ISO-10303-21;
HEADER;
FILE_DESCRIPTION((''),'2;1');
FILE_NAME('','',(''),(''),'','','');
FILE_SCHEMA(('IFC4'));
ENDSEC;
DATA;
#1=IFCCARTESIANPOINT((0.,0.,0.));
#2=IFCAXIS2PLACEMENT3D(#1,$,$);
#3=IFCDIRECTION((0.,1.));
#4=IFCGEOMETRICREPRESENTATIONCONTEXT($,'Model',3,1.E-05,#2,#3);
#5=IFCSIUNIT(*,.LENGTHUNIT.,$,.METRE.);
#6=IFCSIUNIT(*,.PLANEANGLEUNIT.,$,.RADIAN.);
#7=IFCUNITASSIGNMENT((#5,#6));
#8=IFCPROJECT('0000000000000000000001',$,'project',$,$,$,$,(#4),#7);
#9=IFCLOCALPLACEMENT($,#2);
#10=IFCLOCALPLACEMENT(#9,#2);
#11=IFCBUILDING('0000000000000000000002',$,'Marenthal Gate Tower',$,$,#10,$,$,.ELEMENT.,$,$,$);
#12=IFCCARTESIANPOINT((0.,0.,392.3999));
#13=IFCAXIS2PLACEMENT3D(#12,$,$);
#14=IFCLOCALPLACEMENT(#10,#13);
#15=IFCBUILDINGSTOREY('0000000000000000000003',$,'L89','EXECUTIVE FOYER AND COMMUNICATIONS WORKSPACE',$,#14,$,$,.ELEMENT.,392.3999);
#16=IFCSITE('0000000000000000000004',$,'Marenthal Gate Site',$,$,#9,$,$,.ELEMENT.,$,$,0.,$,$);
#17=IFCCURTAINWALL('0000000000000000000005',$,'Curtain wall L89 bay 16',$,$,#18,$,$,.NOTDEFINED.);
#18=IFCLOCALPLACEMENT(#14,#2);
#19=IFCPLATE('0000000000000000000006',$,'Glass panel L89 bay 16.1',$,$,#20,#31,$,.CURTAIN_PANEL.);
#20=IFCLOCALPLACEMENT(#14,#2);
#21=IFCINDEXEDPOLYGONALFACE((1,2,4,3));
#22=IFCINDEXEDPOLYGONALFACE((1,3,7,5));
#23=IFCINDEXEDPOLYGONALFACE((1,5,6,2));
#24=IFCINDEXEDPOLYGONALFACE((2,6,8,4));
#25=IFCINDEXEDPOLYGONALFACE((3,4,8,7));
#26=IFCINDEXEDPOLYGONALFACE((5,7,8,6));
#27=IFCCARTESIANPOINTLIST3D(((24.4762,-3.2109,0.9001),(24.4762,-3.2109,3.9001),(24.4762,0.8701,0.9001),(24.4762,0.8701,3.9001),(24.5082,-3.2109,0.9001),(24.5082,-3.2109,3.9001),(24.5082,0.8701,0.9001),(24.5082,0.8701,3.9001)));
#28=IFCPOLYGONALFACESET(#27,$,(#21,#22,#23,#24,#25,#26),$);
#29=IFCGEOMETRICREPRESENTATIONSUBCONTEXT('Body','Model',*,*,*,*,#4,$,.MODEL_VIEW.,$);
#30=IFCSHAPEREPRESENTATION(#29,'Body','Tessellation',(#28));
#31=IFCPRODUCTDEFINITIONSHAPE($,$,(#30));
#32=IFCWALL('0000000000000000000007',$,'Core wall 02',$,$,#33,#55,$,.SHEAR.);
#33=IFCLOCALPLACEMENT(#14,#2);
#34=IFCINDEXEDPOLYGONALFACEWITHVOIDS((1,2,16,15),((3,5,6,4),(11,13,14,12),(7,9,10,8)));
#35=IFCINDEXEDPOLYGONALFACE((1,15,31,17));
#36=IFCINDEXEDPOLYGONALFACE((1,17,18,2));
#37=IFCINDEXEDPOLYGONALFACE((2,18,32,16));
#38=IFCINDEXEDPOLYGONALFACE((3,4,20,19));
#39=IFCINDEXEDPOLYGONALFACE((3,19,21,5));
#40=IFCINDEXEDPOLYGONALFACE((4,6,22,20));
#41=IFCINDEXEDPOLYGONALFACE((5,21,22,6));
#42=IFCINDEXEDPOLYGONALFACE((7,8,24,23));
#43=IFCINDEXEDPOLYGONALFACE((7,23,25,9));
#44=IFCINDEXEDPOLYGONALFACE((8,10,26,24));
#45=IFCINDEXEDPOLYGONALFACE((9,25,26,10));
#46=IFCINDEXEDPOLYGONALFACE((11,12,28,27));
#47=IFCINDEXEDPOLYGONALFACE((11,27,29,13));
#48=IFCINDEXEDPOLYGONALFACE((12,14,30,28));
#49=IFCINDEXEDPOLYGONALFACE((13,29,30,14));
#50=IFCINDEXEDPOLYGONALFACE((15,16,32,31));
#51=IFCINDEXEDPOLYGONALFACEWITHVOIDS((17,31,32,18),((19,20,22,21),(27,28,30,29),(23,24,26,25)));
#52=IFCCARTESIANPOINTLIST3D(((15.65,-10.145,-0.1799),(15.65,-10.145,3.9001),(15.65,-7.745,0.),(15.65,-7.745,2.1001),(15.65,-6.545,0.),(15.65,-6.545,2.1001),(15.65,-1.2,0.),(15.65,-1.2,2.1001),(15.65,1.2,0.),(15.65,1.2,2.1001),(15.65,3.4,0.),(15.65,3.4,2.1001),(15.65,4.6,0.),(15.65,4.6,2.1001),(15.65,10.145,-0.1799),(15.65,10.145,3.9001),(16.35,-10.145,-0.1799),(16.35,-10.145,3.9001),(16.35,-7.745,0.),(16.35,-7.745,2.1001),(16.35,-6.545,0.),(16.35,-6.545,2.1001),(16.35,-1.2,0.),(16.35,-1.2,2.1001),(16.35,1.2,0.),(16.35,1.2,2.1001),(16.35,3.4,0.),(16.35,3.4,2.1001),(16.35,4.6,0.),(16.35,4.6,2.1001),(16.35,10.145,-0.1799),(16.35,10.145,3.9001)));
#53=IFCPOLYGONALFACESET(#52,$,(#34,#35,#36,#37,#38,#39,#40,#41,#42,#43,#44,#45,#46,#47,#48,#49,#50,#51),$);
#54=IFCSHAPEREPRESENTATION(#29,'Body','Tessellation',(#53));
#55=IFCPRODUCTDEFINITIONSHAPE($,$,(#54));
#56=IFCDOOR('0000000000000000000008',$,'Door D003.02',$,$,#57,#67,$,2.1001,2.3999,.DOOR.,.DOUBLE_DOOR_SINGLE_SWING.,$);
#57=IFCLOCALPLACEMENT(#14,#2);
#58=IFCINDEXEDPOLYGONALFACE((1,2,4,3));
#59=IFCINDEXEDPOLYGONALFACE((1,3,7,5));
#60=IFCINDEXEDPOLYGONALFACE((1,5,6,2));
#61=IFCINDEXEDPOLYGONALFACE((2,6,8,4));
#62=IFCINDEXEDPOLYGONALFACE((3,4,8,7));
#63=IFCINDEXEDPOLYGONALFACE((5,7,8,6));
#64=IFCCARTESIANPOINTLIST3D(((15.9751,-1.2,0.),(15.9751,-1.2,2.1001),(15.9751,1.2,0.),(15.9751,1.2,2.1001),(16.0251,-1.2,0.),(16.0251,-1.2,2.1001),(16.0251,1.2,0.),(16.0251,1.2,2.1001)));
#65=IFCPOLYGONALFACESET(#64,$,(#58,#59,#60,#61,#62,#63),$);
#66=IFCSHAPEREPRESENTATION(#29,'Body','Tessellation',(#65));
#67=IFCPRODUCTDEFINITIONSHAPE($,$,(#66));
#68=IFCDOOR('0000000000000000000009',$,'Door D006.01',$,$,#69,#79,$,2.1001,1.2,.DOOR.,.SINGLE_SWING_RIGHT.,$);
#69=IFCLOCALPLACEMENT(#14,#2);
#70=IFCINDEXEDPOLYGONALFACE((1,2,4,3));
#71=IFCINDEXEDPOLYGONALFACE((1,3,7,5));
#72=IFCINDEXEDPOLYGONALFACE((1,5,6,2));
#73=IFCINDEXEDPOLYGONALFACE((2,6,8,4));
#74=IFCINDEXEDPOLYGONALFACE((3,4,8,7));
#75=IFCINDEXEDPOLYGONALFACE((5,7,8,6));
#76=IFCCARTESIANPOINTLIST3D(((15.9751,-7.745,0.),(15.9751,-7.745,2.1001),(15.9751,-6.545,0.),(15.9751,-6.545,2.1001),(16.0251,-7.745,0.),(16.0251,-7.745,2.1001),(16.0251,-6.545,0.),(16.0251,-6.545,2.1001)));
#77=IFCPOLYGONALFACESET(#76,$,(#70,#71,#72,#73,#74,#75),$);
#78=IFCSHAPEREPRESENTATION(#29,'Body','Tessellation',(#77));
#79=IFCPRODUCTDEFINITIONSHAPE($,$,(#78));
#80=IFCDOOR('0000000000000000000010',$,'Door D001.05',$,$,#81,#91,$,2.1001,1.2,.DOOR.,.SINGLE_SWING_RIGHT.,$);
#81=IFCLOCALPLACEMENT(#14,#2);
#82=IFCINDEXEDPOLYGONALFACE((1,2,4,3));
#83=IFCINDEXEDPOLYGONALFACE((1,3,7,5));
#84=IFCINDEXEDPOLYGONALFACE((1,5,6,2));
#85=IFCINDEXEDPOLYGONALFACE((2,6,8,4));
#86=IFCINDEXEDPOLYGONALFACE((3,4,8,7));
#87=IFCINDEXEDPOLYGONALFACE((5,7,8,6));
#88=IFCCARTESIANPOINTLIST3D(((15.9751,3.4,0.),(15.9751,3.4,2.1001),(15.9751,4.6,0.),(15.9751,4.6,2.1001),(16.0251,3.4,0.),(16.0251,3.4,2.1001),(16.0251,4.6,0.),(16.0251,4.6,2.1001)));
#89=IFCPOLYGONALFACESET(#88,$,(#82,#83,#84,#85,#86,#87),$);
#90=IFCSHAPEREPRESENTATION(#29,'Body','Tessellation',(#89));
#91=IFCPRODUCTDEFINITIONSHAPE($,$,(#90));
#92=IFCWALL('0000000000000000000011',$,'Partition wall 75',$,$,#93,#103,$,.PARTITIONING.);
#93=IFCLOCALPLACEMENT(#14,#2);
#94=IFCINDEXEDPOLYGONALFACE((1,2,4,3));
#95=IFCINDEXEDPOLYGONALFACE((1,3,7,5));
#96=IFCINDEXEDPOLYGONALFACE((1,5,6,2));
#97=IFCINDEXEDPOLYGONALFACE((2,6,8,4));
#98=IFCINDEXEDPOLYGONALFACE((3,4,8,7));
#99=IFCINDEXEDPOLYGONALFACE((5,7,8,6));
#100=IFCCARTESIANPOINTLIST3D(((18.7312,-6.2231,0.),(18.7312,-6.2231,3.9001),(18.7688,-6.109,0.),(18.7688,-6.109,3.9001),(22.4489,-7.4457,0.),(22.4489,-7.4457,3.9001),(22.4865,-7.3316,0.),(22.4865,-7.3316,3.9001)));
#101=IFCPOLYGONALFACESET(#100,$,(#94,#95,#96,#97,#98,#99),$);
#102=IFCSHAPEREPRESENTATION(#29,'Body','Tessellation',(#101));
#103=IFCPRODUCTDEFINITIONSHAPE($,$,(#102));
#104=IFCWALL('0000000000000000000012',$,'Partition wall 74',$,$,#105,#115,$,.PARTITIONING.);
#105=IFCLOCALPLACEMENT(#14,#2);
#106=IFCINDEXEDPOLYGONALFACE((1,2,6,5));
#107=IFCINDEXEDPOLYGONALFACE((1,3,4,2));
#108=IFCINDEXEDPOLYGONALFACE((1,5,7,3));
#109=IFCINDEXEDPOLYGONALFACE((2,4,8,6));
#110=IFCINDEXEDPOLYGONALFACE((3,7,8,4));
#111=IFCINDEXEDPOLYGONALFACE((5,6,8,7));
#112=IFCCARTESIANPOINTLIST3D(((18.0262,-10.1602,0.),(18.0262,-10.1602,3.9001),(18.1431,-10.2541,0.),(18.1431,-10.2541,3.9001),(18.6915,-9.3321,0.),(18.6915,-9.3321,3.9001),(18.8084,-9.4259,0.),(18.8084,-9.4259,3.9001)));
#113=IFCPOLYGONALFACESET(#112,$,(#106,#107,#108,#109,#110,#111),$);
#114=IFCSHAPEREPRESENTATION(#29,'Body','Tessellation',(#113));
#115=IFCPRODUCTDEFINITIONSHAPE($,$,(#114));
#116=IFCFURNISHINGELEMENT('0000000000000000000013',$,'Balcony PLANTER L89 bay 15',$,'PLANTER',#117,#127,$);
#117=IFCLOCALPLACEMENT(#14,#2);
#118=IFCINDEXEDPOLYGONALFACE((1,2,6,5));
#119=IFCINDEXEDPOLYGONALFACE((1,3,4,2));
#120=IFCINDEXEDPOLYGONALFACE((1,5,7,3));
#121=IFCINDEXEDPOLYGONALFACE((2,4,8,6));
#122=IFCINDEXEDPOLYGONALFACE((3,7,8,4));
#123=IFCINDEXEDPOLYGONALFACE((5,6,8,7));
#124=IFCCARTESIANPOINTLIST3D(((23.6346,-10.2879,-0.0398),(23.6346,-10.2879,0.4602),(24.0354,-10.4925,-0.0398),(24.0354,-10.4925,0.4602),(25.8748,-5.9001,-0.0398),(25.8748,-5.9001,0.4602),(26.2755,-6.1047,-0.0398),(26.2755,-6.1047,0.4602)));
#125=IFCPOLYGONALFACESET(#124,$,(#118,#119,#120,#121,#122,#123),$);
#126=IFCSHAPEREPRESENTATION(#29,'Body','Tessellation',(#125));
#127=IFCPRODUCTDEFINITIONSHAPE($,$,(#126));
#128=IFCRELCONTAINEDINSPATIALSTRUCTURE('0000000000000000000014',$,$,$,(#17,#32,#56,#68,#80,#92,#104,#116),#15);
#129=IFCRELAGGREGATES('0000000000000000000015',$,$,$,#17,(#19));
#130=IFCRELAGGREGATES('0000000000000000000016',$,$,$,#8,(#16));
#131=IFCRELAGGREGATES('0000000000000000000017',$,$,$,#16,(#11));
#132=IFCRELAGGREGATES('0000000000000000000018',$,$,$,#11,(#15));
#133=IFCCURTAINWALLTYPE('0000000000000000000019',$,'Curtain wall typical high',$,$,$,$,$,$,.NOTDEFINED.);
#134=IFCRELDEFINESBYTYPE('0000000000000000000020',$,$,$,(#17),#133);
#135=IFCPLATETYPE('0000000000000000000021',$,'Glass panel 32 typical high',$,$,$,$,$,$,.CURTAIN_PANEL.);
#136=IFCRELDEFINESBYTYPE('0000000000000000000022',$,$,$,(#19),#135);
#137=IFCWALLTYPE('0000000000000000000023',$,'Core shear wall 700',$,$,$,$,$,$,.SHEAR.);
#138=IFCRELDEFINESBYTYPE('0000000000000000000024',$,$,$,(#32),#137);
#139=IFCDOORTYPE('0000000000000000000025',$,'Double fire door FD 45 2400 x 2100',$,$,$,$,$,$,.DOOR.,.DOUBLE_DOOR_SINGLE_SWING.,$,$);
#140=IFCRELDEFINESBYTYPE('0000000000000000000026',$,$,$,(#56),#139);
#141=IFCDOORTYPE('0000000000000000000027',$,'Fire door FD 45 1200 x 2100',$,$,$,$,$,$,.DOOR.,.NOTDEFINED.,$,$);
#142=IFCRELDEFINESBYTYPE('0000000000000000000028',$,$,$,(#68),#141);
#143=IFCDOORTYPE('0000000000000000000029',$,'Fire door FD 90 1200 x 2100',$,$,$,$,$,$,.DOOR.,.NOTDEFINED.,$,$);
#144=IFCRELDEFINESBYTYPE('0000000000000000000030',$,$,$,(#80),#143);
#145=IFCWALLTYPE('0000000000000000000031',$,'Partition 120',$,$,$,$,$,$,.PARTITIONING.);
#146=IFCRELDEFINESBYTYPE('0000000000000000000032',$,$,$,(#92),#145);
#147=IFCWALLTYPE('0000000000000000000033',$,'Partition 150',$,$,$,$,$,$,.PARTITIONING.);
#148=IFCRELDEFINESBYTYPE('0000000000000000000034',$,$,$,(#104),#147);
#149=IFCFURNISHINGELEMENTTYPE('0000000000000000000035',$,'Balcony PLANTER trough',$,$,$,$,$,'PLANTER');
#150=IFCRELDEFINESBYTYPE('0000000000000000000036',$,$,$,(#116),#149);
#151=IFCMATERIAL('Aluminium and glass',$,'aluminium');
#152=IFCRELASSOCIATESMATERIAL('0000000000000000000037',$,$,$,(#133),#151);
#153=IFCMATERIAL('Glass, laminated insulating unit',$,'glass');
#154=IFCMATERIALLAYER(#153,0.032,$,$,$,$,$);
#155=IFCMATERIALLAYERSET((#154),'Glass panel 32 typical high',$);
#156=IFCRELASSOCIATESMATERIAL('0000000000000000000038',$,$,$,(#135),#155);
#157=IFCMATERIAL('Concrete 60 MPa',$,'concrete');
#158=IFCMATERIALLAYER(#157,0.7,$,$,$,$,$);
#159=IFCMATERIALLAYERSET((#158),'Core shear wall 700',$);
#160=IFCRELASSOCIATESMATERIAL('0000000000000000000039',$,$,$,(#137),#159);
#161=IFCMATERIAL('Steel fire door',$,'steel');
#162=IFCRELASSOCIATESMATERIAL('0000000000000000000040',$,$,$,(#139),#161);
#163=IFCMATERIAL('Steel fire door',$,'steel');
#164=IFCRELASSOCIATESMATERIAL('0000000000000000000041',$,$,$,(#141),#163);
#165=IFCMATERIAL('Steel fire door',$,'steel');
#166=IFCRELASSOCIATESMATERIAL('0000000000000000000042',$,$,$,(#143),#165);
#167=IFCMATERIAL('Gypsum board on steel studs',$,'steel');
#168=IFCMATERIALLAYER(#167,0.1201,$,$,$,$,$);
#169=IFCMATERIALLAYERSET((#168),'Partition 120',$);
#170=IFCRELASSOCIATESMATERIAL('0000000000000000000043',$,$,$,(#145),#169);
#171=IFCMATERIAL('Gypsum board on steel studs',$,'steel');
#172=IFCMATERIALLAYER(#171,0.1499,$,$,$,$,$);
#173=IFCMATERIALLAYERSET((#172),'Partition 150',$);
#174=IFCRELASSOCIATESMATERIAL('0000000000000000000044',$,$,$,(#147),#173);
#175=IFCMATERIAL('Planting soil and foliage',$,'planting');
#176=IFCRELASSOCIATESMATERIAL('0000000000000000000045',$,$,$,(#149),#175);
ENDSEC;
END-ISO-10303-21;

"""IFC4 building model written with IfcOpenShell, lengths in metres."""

from ifc_helpers import new_model, si_unit, direction, frame, frame_2d, origin, origin_2d, place, context, subcontext, project, spatial, rectangle, extrude, material, layer, layer_set, type_object, element, fill, aggregate, save


model = new_model("IFC4")

# Units and contexts
model_context = context("Model", 3, precision=1e-05, world=origin(), true_north=direction((0.0, 1.0)))
body_context = subcontext(model_context, "Body", "Model", "MODEL_VIEW")
ifc_project = project(units=[si_unit("LENGTHUNIT", "METRE"), si_unit("PLANEANGLEUNIT", "RADIAN")], contexts=[model_context])

# Site, building, storey
site_placement = place(None, origin())
site = spatial("IfcSite", under=ifc_project, at=site_placement, Name="Marenthal Gate Site", CompositionType="ELEMENT", RefElevation=0.0)
building_placement = place(site_placement, origin())
building = spatial("IfcBuilding", under=site, at=building_placement, Name="Marenthal Gate Tower", CompositionType="ELEMENT")
storey_placement = place(building_placement, frame((0.0, 0.0, 392.3999)))
storey = spatial("IfcBuildingStorey", under=building, at=storey_placement, Name="L89", Description="EXECUTIVE FOYER AND COMMUNICATIONS WORKSPACE", CompositionType="ELEMENT", Elevation=392.3999)

# Curtain wall
ifc_material_1 = material(Name="Aluminium and glass", Category="aluminium")
curtain_wall_type = type_object("IfcCurtainWallType", Name="Curtain wall typical high", PredefinedType="NOTDEFINED", material=ifc_material_1)
curtain_wall_placement = place(storey_placement, origin())
curtain_wall = element("IfcCurtainWall", 1, at=curtain_wall_placement, inside=storey, type_object=curtain_wall_type, Name="Curtain wall L89 bay 16", PredefinedType="NOTDEFINED")

# Plate
ifc_material_2 = material(Name="Glass, laminated insulating unit", Category="glass")
ifc_layer_1 = layer(ifc_material_2, 0.032)
ifc_layer_set_1 = layer_set([ifc_layer_1], Name="Glass panel 32 typical high")
plate_type = type_object("IfcPlateType", Name="Glass panel 32 typical high", PredefinedType="CURTAIN_PANEL", material=ifc_layer_set_1)
plate_placement = place(storey_placement, frame((24.4922, -1.1704, 0.9001), z_axis=(0.0, 0.0, 1.0), x_axis=(0.0, 1.0, 0.0)))
plate = element("IfcPlate", 2, at=plate_placement, type_object=plate_type, Name="Glass panel L89 bay 16.1", PredefinedType="CURTAIN_PANEL", context=body_context, shape_type="SweptSolid", body=[
    extrude(rectangle(XDim=4.0811, YDim=0.032, at=origin_2d()), origin(), (0.0, 0.0, 1.0), 3.0),
])
aggregate(curtain_wall, [plate])

# Wall, openings, doors
ifc_material_3 = material(Name="Concrete 60 MPa", Category="concrete")
ifc_layer_2 = layer(ifc_material_3, 0.7)
ifc_layer_set_2 = layer_set([ifc_layer_2], Name="Core shear wall 700")
wall_type_1 = type_object("IfcWallType", Name="Core shear wall 700", PredefinedType="SHEAR", material=ifc_layer_set_2)
wall_1_placement = place(storey_placement, frame((16.0, -10.145, -0.1799), z_axis=(0.0, 0.0, 1.0), x_axis=(0.0, 1.0, 0.0)))
wall_1 = element("IfcWall", 3, at=wall_1_placement, inside=storey, type_object=wall_type_1, Name="Core wall 02", PredefinedType="SHEAR", context=body_context, shape_type="SweptSolid", body=[
    extrude(rectangle(XDim=20.29, YDim=0.7, at=frame_2d((10.145, 0.0))), origin(), (0.0, 0.0, 1.0), 4.0801),
])
opening_1_placement = place(wall_1_placement, frame((8.9451, 0.0, 0.1799)))
opening_1 = element("IfcOpeningElement", 4, at=opening_1_placement, cuts=wall_1, PredefinedType="OPENING", context=body_context, shape_type="SweptSolid", body=[
    extrude(rectangle(XDim=2.3999, YDim=2.1001, at=frame_2d((1.2, 1.05))), frame((0.0, 0.3599, 0.0), z_axis=(0.0, -1.0, 0.0), x_axis=(1.0, 0.0, 0.0)), (0.0, 0.0, 1.0), 0.72),
])
opening_2_placement = place(wall_1_placement, frame((13.5449, 0.0, 0.1799)))
opening_2 = element("IfcOpeningElement", 5, at=opening_2_placement, cuts=wall_1, PredefinedType="OPENING", context=body_context, shape_type="SweptSolid", body=[
    extrude(rectangle(XDim=1.2, YDim=2.1001, at=frame_2d((0.6001, 1.05))), frame((0.0, 0.3599, 0.0), z_axis=(0.0, -1.0, 0.0), x_axis=(1.0, 0.0, 0.0)), (0.0, 0.0, 1.0), 0.72),
])
opening_3_placement = place(wall_1_placement, frame((2.3999, 0.0, 0.1799)))
opening_3 = element("IfcOpeningElement", 6, at=opening_3_placement, cuts=wall_1, PredefinedType="OPENING", context=body_context, shape_type="SweptSolid", body=[
    extrude(rectangle(XDim=1.2, YDim=2.1001, at=frame_2d((0.6001, 1.05))), frame((0.0, 0.3599, 0.0), z_axis=(0.0, -1.0, 0.0), x_axis=(1.0, 0.0, 0.0)), (0.0, 0.0, 1.0), 0.72),
])
ifc_material_4 = material(Name="Steel fire door", Category="steel")
door_type_1 = type_object("IfcDoorType", Name="Double fire door FD 45 2400 x 2100", OperationType="DOUBLE_DOOR_SINGLE_SWING", PredefinedType="DOOR", material=ifc_material_4)
door_1_placement = place(opening_1_placement, origin())
door_1 = element("IfcDoor", 7, at=door_1_placement, inside=storey, type_object=door_type_1, Name="Door D003.02", OperationType="DOUBLE_DOOR_SINGLE_SWING", OverallHeight=2.1001, OverallWidth=2.3999, PredefinedType="DOOR", context=body_context, shape_type="SweptSolid", body=[
    extrude(rectangle(XDim=2.3999, YDim=2.1001, at=frame_2d((1.2, 1.05))), frame((0.0, 0.0249, 0.0), z_axis=(0.0, -1.0, 0.0), x_axis=(1.0, 0.0, 0.0)), (0.0, 0.0, 1.0), 0.05),
])
fill(opening_1, door_1)
ifc_material_5 = material(Name="Steel fire door", Category="steel")
door_type_2 = type_object("IfcDoorType", Name="Fire door FD 45 1200 x 2100", OperationType="NOTDEFINED", PredefinedType="DOOR", material=ifc_material_5)
door_2_placement = place(opening_3_placement, origin())
door_2 = element("IfcDoor", 8, at=door_2_placement, inside=storey, type_object=door_type_2, Name="Door D006.01", OperationType="SINGLE_SWING_RIGHT", OverallHeight=2.1001, OverallWidth=1.2, PredefinedType="DOOR", context=body_context, shape_type="SweptSolid", body=[
    extrude(rectangle(XDim=1.2, YDim=2.1001, at=frame_2d((0.6001, 1.05))), frame((0.0, 0.0249, 0.0), z_axis=(0.0, -1.0, 0.0), x_axis=(1.0, 0.0, 0.0)), (0.0, 0.0, 1.0), 0.05),
])
fill(opening_3, door_2)
ifc_material_6 = material(Name="Steel fire door", Category="steel")
door_type_3 = type_object("IfcDoorType", Name="Fire door FD 90 1200 x 2100", OperationType="NOTDEFINED", PredefinedType="DOOR", material=ifc_material_6)
door_3_placement = place(opening_2_placement, origin())
door_3 = element("IfcDoor", 9, at=door_3_placement, inside=storey, type_object=door_type_3, Name="Door D001.05", OperationType="SINGLE_SWING_RIGHT", OverallHeight=2.1001, OverallWidth=1.2, PredefinedType="DOOR", context=body_context, shape_type="SweptSolid", body=[
    extrude(rectangle(XDim=1.2, YDim=2.1001, at=frame_2d((0.6001, 1.05))), frame((0.0, 0.0249, 0.0), z_axis=(0.0, -1.0, 0.0), x_axis=(1.0, 0.0, 0.0)), (0.0, 0.0, 1.0), 0.05),
])
fill(opening_2, door_3)

# Walls
ifc_material_7 = material(Name="Gypsum board on steel studs", Category="steel")
ifc_layer_3 = layer(ifc_material_7, 0.1201)
ifc_layer_set_3 = layer_set([ifc_layer_3], Name="Partition 120")
wall_type_2 = type_object("IfcWallType", Name="Partition 120", PredefinedType="PARTITIONING", material=ifc_layer_set_3)
wall_2_placement = place(storey_placement, frame((18.75, -6.166, 0.0), z_axis=(0.0, 0.0, 1.0), x_axis=(0.949948, -0.312407, 0.0)))
element("IfcWall", 10, at=wall_2_placement, inside=storey, type_object=wall_type_2, Name="Partition wall 75", PredefinedType="PARTITIONING", context=body_context, shape_type="SweptSolid", body=[
    extrude(rectangle(XDim=3.9136, YDim=0.1201, at=frame_2d((1.9568, 0.0))), origin(), (0.0, 0.0, 1.0), 3.9001),
])
ifc_material_8 = material(Name="Gypsum board on steel studs", Category="steel")
ifc_layer_4 = layer(ifc_material_8, 0.1499)
ifc_layer_set_4 = layer_set([ifc_layer_4], Name="Partition 150")
wall_type_3 = type_object("IfcWallType", Name="Partition 150", PredefinedType="PARTITIONING", material=ifc_layer_set_4)
wall_3_placement = place(storey_placement, frame((18.75, -9.3789, 0.0), z_axis=(0.0, 0.0, 1.0), x_axis=(-0.626291, -0.779589, 0.0)))
element("IfcWall", 11, at=wall_3_placement, inside=storey, type_object=wall_type_3, Name="Partition wall 74", PredefinedType="PARTITIONING", context=body_context, shape_type="SweptSolid", body=[
    extrude(rectangle(XDim=1.0623, YDim=0.1499, at=frame_2d((0.5312, 0.0))), origin(), (0.0, 0.0, 1.0), 3.9001),
])

# Furnishing element
ifc_material_9 = material(Name="Planting soil and foliage", Category="planting")
furnishing_element_type = type_object("IfcFurnishingElementType", Name="Balcony PLANTER trough", ElementType="PLANTER", material=ifc_material_9)
furnishing_placement = place(storey_placement, frame((24.9551, -8.1963, -0.0398), z_axis=(0.0, 0.0, 1.0), x_axis=(0.454706, 0.890642, 0.0)))
element("IfcFurnishingElement", 12, at=furnishing_placement, inside=storey, type_object=furnishing_element_type, Name="Balcony PLANTER L89 bay 15", ObjectType="PLANTER", context=body_context, shape_type="SweptSolid", body=[
    extrude(rectangle(XDim=4.9265, YDim=0.45, at=origin_2d()), origin(), (0.0, 0.0, 1.0), 0.5),
])

save(model, "model.ifc")
